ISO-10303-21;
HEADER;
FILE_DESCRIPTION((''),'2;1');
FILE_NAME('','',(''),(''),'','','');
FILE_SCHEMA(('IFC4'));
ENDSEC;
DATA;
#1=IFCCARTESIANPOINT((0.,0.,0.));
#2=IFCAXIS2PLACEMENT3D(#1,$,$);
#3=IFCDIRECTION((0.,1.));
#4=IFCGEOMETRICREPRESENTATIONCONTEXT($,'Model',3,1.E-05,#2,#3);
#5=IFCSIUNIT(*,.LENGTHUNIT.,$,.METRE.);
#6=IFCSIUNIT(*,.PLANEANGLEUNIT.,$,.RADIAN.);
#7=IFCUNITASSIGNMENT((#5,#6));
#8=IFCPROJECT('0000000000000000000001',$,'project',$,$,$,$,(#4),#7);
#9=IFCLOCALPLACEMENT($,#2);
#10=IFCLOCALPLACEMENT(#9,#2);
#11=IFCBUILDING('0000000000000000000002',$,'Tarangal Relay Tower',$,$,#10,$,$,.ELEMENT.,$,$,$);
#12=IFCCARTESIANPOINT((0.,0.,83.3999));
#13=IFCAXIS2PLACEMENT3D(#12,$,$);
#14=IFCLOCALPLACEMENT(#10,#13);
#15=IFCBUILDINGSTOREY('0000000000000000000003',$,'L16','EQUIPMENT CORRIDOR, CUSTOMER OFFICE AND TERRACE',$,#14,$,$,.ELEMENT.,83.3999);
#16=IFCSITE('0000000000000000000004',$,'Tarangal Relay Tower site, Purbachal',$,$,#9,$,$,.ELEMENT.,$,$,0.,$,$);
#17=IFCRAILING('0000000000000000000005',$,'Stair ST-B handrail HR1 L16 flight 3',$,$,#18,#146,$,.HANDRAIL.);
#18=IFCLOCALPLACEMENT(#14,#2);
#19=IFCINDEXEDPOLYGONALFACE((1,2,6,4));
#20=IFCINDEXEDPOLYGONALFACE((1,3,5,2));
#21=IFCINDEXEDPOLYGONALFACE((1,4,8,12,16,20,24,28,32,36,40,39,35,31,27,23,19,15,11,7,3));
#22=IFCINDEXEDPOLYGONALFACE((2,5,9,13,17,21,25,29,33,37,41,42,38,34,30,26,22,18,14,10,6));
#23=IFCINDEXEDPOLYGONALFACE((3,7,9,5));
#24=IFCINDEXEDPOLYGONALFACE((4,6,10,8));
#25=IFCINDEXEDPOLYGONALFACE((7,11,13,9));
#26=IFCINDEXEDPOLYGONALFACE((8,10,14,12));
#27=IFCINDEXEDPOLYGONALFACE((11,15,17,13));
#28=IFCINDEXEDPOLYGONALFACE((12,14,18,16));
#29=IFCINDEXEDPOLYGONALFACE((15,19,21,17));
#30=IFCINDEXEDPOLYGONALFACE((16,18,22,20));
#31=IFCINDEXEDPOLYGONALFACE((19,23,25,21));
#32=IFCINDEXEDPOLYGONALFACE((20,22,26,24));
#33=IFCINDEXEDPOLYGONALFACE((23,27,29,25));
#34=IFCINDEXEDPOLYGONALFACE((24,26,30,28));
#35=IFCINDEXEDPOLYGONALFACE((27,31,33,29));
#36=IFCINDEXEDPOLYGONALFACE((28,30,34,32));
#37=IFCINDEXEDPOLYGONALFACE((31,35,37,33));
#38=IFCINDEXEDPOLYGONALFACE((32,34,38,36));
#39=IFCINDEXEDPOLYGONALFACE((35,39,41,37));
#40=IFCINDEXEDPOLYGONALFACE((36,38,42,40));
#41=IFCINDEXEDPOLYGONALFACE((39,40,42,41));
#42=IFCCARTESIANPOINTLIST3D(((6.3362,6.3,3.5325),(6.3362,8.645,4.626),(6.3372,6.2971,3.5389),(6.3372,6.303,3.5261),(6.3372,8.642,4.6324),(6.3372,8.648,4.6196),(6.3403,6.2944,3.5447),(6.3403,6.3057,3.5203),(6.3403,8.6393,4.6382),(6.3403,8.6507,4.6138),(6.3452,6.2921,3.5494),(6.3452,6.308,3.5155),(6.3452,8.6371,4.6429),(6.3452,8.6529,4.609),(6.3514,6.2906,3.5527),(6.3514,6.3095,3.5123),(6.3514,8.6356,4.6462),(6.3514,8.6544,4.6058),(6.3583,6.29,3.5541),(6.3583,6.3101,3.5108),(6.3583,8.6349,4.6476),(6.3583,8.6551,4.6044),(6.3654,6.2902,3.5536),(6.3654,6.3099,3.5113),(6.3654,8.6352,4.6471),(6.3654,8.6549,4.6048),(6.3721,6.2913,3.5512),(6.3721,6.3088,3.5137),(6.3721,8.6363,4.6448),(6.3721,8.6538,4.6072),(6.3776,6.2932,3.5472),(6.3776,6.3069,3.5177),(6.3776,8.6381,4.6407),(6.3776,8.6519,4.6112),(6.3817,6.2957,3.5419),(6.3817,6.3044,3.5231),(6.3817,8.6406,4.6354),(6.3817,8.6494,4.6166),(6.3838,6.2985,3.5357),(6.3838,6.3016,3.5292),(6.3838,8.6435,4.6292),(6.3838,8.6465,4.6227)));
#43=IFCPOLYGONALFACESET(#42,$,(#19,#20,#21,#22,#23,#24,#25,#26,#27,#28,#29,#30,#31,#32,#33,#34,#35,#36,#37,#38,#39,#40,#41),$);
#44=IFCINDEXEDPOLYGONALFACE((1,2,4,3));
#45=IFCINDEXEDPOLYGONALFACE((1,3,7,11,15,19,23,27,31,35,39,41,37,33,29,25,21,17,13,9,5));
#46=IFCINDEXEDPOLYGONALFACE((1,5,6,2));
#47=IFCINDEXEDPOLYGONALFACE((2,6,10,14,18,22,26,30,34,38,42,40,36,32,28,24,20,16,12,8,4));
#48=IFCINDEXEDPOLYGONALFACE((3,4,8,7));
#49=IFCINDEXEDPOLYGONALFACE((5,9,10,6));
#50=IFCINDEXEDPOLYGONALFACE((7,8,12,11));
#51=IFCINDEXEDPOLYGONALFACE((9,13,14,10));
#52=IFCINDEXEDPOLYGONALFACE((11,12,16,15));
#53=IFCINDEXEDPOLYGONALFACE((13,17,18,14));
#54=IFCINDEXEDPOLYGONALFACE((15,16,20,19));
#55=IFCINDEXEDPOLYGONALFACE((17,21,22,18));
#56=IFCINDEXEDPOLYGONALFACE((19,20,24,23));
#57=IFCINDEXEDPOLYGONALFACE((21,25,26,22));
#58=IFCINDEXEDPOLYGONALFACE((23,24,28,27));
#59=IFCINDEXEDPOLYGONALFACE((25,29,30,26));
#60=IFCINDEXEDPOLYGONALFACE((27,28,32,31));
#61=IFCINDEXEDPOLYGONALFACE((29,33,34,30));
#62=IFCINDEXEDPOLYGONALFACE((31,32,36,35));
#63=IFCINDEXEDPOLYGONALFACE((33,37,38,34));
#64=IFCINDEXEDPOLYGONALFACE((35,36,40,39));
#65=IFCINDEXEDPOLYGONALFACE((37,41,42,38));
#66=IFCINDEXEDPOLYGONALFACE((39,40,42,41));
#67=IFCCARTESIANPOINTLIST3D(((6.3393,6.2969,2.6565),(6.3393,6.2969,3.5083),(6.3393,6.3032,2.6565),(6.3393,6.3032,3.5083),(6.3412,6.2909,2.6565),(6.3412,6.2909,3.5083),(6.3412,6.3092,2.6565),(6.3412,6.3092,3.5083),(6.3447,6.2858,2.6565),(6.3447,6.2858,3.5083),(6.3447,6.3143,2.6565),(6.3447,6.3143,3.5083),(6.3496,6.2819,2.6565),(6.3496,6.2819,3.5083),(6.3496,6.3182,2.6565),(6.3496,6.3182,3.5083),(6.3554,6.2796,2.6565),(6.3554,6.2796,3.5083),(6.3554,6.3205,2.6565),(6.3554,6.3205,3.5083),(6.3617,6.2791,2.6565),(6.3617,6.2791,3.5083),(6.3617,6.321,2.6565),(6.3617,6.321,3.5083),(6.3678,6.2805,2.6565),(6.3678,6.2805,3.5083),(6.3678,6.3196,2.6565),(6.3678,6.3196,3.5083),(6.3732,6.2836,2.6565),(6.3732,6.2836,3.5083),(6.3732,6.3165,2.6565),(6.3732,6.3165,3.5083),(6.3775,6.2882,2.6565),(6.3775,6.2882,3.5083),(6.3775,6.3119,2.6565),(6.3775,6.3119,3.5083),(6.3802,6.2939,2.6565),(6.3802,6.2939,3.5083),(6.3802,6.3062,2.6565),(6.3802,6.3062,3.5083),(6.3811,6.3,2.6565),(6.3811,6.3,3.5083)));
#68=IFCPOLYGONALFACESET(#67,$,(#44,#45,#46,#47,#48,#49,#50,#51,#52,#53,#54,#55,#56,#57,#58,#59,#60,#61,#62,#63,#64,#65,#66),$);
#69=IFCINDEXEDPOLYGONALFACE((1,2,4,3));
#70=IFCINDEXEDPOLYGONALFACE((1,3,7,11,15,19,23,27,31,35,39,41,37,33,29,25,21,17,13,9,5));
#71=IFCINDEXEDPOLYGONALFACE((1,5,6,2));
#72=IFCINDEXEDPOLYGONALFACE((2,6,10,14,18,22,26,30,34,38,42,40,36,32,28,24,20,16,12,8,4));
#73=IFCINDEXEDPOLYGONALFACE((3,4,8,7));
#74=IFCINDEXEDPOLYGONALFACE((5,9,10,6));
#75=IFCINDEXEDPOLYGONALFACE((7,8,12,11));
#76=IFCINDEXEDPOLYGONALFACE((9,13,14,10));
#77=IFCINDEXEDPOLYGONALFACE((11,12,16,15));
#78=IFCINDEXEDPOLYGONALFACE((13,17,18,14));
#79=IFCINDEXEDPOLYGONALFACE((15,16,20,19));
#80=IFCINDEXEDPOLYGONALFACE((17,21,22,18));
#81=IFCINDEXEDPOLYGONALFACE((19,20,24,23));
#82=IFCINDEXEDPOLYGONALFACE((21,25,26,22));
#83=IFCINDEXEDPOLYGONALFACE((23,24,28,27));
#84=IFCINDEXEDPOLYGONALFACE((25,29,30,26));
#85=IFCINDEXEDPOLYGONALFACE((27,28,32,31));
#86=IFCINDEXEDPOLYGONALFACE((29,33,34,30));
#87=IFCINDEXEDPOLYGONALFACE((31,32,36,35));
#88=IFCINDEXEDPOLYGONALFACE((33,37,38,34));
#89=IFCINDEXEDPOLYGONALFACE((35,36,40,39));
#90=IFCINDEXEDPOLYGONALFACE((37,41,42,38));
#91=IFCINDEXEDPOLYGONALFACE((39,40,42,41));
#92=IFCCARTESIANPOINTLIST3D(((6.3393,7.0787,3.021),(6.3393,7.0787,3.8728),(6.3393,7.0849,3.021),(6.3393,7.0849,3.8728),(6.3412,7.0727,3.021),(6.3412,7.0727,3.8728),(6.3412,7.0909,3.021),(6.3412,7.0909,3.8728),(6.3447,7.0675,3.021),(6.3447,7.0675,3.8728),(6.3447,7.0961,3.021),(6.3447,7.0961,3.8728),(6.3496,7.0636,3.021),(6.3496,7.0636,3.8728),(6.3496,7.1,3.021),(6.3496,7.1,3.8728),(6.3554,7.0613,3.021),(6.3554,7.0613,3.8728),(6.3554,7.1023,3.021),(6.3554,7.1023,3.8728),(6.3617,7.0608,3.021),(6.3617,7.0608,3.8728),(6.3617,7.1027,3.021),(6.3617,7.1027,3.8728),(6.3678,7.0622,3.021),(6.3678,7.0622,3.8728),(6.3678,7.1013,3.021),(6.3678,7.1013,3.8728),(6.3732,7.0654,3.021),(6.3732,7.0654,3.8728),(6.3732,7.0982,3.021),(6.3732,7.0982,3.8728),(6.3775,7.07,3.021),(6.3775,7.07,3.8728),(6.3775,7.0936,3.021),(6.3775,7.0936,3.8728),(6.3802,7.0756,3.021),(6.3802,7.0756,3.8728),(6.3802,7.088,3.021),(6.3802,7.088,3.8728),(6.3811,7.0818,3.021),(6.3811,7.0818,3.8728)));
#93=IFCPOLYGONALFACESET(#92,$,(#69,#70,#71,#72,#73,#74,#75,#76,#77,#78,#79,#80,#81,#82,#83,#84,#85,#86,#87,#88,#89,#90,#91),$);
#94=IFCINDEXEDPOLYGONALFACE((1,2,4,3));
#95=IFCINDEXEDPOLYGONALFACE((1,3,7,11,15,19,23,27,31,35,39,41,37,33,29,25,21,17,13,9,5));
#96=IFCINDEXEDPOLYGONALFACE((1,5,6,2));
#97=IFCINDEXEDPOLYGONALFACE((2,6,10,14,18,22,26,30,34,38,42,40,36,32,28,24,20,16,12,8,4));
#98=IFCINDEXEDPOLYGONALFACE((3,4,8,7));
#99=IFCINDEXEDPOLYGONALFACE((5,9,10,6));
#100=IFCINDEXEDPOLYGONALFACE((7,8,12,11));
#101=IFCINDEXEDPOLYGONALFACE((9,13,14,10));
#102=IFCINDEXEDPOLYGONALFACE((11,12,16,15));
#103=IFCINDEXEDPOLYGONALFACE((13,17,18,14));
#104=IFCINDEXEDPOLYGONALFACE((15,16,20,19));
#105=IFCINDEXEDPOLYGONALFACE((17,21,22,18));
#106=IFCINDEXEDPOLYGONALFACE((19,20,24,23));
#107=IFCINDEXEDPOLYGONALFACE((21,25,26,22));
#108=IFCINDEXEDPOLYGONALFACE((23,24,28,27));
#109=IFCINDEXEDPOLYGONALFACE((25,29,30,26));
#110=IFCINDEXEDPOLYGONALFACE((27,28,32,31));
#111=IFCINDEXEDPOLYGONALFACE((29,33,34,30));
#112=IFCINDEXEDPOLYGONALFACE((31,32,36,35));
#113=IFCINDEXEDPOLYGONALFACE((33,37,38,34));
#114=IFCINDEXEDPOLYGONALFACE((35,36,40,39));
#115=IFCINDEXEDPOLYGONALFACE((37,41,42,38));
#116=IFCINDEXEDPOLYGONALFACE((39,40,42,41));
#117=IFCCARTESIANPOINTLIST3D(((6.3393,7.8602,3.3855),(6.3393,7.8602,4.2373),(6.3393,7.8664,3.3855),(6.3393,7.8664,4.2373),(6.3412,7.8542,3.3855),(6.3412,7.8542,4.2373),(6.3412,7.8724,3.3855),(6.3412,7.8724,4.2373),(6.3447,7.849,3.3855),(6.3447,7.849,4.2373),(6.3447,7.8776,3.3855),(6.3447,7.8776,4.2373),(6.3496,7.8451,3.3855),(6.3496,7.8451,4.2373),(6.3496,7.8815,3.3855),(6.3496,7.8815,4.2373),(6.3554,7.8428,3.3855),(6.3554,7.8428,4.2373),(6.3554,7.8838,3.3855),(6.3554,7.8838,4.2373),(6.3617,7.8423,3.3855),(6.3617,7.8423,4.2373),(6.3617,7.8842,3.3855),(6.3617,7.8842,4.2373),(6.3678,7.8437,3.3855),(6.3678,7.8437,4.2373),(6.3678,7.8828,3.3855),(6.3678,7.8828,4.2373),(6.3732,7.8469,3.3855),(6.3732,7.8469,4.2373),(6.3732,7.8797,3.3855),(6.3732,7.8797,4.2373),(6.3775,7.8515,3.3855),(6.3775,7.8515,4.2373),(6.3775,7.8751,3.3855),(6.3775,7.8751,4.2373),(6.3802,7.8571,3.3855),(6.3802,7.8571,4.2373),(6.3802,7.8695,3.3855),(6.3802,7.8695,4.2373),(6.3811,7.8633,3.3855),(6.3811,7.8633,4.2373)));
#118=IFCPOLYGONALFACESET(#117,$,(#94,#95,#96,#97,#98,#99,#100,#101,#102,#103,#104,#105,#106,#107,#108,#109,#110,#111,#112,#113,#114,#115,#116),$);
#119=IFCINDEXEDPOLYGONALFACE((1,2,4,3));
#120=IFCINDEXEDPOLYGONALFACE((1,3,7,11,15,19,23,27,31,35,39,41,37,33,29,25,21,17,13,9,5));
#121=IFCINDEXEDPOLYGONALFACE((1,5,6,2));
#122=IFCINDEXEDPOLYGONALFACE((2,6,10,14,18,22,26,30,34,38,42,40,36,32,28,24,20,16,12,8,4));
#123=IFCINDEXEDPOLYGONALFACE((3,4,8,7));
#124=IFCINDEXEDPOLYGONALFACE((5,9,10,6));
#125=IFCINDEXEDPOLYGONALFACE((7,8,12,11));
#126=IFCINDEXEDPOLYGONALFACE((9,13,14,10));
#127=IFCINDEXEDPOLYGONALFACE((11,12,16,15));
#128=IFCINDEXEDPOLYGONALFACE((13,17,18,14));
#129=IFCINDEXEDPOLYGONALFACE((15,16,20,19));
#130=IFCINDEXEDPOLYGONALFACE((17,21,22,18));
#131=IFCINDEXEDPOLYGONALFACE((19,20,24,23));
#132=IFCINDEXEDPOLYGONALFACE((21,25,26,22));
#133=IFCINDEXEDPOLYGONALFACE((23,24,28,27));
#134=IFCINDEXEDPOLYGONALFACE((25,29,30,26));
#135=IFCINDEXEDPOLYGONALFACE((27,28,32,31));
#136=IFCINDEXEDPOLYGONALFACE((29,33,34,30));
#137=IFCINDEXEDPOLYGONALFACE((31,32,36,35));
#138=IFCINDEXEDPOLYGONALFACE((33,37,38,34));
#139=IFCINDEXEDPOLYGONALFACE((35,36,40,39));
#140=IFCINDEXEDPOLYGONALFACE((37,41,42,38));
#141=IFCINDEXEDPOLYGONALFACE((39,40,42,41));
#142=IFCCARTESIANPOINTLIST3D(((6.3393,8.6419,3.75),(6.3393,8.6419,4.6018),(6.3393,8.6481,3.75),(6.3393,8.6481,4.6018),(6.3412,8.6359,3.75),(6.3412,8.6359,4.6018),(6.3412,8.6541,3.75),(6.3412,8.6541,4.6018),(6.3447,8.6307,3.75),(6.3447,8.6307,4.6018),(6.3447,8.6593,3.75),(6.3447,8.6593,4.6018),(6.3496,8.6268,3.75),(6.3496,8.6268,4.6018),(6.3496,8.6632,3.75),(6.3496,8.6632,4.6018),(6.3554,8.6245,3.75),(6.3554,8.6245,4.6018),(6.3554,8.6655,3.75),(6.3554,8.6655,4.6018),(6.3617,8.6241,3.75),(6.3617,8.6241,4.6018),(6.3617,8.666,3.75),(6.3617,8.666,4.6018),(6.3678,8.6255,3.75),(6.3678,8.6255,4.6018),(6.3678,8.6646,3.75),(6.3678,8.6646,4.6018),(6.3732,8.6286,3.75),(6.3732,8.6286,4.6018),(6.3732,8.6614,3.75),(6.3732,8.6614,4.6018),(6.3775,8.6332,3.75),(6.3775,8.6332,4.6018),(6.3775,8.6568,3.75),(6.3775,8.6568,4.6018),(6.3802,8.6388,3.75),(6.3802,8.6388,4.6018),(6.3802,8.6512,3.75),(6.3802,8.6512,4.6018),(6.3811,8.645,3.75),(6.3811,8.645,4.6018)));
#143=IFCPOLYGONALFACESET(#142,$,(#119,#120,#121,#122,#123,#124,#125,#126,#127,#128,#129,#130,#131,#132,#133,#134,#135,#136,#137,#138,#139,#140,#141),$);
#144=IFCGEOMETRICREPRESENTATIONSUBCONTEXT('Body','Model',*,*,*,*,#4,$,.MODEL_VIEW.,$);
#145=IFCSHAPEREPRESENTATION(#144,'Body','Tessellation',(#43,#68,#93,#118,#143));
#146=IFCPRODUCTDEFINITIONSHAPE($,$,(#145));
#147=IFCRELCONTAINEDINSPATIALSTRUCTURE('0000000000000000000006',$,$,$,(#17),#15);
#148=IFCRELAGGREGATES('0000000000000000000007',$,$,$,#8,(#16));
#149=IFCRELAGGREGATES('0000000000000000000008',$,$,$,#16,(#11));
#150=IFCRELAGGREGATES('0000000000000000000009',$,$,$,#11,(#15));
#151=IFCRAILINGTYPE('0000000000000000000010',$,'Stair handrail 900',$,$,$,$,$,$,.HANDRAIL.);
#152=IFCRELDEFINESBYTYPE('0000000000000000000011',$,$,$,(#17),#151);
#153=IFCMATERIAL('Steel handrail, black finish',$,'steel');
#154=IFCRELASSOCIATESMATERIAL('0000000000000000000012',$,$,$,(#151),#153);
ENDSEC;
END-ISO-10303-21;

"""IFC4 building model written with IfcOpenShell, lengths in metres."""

from ifc_helpers import new_model, si_unit, direction, frame, origin, origin_2d, place, context, subcontext, project, spatial, circle, extrude, material, type_object, element, save


model = new_model("IFC4")

# Units and contexts
model_context = context("Model", 3, precision=1e-05, world=origin(), true_north=direction((0.0, 1.0)))
body_context = subcontext(model_context, "Body", "Model", "MODEL_VIEW")
ifc_project = project(units=[si_unit("LENGTHUNIT", "METRE"), si_unit("PLANEANGLEUNIT", "RADIAN")], contexts=[model_context])

# Site, building, storey
site_placement = place(None, origin())
site = spatial("IfcSite", under=ifc_project, at=site_placement, Name="Tarangal Relay Tower site, Purbachal", CompositionType="ELEMENT", RefElevation=0.0)
building_placement = place(site_placement, origin())
building = spatial("IfcBuilding", under=site, at=building_placement, Name="Tarangal Relay Tower", CompositionType="ELEMENT")
storey_placement = place(building_placement, frame((0.0, 0.0, 83.3999)))
storey = spatial("IfcBuildingStorey", under=building, at=storey_placement, Name="L16", Description="EQUIPMENT CORRIDOR, CUSTOMER OFFICE AND TERRACE", CompositionType="ELEMENT", Elevation=83.3999)

# Railing
ifc_material_1 = material(Name="Steel handrail, black finish", Category="steel")
railing_type_1 = type_object("IfcRailingType", Name="Stair handrail 900", PredefinedType="HANDRAIL", material=ifc_material_1)
for number, where, name in (
    (1, (6.3601, 6.3, 2.6565), "Stair ST-B handrail HR1 L16 flight 3"),
):
    element("IfcRailing", number, at=place(storey_placement, frame(where)), inside=storey, type_object=railing_type_1, Name=name, PredefinedType="HANDRAIL", context=body_context, shape_type="SweptSolid", body=[
        extrude(circle(Radius=0.0239, at=origin_2d()), frame((0.0, 0.0, 0.876), z_axis=(0.0, 0.906304, 0.422627), x_axis=(-1.0, 0.0, 0.0)), (0.0, 0.0, 1.0), 2.5874),
        extrude(circle(Radius=0.021, at=origin_2d()), origin(), (0.0, 0.0, 1.0), 0.8518),
        extrude(circle(Radius=0.021, at=origin_2d()), frame((0.0, 0.7817, 0.3645)), (0.0, 0.0, 1.0), 0.8518),
        extrude(circle(Radius=0.021, at=origin_2d()), frame((0.0, 1.5632, 0.729)), (0.0, 0.0, 1.0), 0.8518),
        extrude(circle(Radius=0.021, at=origin_2d()), frame((0.0, 2.345, 1.0935)), (0.0, 0.0, 1.0), 0.8518),
    ])

save(model, "model.ifc")
